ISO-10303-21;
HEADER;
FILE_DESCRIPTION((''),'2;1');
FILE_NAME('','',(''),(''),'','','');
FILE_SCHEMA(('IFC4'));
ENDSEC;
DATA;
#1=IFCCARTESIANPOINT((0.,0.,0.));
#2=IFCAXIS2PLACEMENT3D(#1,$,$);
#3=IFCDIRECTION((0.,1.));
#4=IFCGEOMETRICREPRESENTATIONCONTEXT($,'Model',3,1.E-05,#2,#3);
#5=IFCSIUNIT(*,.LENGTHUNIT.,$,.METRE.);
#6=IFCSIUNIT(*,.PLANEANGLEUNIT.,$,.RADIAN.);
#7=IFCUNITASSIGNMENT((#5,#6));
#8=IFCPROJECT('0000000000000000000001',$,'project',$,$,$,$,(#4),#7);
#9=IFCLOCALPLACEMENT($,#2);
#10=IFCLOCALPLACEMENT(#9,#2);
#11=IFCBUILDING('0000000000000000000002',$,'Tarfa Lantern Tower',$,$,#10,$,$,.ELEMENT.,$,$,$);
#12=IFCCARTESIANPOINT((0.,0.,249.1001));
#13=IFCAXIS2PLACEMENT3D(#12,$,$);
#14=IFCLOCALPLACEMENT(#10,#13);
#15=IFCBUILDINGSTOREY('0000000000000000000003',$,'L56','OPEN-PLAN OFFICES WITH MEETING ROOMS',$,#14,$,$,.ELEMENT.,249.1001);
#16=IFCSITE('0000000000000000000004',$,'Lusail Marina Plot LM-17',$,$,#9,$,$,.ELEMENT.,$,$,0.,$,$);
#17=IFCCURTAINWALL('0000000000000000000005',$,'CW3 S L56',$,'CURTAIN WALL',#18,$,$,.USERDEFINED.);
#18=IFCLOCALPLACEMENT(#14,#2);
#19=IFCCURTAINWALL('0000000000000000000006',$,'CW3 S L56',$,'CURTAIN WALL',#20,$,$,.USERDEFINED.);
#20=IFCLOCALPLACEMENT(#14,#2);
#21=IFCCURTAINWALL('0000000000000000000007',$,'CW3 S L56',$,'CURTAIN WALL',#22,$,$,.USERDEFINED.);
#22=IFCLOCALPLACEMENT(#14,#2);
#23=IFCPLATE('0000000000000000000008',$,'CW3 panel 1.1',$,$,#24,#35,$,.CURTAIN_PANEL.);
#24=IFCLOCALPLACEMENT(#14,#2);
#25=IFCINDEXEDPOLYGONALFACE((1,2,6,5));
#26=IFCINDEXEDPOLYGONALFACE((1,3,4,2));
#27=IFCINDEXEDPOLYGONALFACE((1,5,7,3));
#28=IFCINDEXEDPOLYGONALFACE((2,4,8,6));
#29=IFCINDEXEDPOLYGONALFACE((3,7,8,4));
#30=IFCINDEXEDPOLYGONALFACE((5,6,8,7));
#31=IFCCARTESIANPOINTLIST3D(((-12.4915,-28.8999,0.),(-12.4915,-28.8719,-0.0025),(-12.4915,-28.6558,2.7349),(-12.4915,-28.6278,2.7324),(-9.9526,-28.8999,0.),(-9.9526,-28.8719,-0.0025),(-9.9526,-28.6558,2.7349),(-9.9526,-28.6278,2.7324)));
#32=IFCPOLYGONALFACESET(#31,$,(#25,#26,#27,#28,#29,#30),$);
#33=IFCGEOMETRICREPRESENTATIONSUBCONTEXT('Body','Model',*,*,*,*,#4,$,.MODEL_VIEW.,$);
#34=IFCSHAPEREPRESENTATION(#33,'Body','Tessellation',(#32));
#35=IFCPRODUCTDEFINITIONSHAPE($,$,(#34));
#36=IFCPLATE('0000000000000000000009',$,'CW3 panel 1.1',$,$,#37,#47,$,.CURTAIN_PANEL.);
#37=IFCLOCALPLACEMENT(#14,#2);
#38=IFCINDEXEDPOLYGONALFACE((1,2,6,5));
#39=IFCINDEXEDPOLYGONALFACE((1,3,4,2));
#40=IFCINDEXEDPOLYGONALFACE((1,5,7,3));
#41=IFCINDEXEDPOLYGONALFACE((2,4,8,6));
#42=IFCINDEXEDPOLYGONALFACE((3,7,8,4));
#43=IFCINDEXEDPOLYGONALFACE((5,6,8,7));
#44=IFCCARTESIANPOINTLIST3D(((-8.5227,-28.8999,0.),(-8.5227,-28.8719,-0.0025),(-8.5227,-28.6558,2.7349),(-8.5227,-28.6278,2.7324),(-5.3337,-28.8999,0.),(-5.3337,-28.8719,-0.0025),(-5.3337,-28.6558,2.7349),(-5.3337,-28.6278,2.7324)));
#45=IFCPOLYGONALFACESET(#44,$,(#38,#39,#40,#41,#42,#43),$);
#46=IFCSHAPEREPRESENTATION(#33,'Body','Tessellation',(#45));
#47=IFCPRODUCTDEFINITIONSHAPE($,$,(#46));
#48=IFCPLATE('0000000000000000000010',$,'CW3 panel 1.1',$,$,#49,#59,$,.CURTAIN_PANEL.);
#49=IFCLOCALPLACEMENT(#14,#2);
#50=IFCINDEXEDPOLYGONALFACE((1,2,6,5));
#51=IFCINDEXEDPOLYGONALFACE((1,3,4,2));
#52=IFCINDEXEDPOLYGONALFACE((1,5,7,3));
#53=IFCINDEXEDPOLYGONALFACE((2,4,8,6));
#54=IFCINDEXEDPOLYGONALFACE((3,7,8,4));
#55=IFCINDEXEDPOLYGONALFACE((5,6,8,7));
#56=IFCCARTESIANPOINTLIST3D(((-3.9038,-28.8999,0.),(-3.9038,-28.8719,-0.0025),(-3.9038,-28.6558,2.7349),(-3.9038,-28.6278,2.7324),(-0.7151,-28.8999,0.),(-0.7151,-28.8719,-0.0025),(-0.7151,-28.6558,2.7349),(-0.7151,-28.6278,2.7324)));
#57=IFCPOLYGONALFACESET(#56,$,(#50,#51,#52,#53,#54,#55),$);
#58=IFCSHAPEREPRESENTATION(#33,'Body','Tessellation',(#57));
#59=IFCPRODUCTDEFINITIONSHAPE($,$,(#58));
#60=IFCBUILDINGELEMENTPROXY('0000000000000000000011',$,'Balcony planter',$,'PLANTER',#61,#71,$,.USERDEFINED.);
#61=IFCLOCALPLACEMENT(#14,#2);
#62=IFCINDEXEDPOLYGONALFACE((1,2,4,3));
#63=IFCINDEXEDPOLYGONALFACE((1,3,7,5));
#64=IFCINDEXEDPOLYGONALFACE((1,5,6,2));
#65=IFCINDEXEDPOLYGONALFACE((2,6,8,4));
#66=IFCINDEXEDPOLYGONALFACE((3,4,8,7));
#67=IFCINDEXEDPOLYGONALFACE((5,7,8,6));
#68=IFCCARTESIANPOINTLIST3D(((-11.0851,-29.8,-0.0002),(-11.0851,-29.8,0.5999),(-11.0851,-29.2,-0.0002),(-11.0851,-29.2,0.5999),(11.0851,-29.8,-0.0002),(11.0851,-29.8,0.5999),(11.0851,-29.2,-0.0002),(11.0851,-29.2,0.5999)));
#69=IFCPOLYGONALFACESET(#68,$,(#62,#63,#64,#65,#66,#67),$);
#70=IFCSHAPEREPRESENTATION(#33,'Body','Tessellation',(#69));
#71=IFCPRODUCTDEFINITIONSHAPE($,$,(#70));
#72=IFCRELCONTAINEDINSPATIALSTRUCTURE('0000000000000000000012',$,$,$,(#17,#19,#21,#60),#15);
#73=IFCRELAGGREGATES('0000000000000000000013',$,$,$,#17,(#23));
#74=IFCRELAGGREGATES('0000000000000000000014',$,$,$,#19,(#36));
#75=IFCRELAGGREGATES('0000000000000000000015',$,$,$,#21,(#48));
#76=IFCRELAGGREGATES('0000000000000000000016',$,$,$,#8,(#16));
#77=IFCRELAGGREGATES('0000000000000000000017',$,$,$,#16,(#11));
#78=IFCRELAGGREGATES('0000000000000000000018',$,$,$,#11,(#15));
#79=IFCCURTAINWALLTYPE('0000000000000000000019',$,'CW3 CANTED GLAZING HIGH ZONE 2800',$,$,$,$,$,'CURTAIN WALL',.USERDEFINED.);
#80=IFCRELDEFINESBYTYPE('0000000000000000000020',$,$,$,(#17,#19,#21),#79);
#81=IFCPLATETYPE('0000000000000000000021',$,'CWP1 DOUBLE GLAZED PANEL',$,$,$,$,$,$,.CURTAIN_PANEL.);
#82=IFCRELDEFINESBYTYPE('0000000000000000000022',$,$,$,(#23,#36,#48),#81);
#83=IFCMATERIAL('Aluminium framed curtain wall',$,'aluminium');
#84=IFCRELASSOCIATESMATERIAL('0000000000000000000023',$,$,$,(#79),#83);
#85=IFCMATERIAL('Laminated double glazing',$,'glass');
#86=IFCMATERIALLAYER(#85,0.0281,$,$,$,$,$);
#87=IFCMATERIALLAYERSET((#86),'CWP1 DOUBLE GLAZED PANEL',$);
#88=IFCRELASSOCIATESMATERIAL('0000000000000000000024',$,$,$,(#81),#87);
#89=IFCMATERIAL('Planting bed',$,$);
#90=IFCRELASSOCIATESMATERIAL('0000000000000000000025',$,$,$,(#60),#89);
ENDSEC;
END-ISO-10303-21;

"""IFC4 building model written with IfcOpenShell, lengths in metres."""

from ifc_helpers import new_model, si_unit, direction, frame, origin, origin_2d, place, context, subcontext, project, spatial, polyline, rectangle, outline, extrude, material, layer, layer_set, type_object, element, aggregate, save


model = new_model("IFC4")

# Units and contexts
model_context = context("Model", 3, precision=1e-05, world=origin(), true_north=direction((0.0, 1.0)))
body_context = subcontext(model_context, "Body", "Model", "MODEL_VIEW")
ifc_project = project(units=[si_unit("LENGTHUNIT", "METRE"), si_unit("PLANEANGLEUNIT", "RADIAN")], contexts=[model_context])

# Site, building, storey
site_placement = place(None, origin())
site = spatial("IfcSite", under=ifc_project, at=site_placement, Name="Lusail Marina Plot LM-17", CompositionType="ELEMENT", RefElevation=0.0)
building_placement = place(site_placement, origin())
building = spatial("IfcBuilding", under=site, at=building_placement, Name="Tarfa Lantern Tower", CompositionType="ELEMENT")
storey_placement = place(building_placement, frame((0.0, 0.0, 249.1001)))
storey = spatial("IfcBuildingStorey", under=building, at=storey_placement, Name="L56", Description="OPEN-PLAN OFFICES WITH MEETING ROOMS", CompositionType="ELEMENT", Elevation=249.1001)

# Curtain walls
ifc_material_1 = material(Name="Aluminium framed curtain wall", Category="aluminium")
curtain_wall_type = type_object("IfcCurtainWallType", Name="CW3 CANTED GLAZING HIGH ZONE 2800", ElementType="CURTAIN WALL", PredefinedType="USERDEFINED", material=ifc_material_1)
curtain_wall_1_placement = place(storey_placement, origin())
curtain_wall_1 = element("IfcCurtainWall", 1, at=curtain_wall_1_placement, inside=storey, type_object=curtain_wall_type, Name="CW3 S L56", ObjectType="CURTAIN WALL", PredefinedType="USERDEFINED")
curtain_wall_2_placement = place(storey_placement, origin())
curtain_wall_2 = element("IfcCurtainWall", 2, at=curtain_wall_2_placement, inside=storey, type_object=curtain_wall_type, Name="CW3 S L56", ObjectType="CURTAIN WALL", PredefinedType="USERDEFINED")
curtain_wall_3_placement = place(storey_placement, origin())
curtain_wall_3 = element("IfcCurtainWall", 3, at=curtain_wall_3_placement, inside=storey, type_object=curtain_wall_type, Name="CW3 S L56", ObjectType="CURTAIN WALL", PredefinedType="USERDEFINED")

# Plates
ifc_material_2 = material(Name="Laminated double glazing", Category="glass")
ifc_layer = layer(ifc_material_2, 0.0281)
ifc_layer_set = layer_set([ifc_layer], Name="CWP1 DOUBLE GLAZED PANEL")
plate_type = type_object("IfcPlateType", Name="CWP1 DOUBLE GLAZED PANEL", PredefinedType="CURTAIN_PANEL", material=ifc_layer_set)
plate_1_placement = place(storey_placement, frame((-12.4915, -28.8999, 0.0), z_axis=(0.0, -0.996039, 0.088916), x_axis=(1.0, 0.0, 0.0)))
plate_1 = element("IfcPlate", 4, at=plate_1_placement, type_object=plate_type, Name="CW3 panel 1.1", PredefinedType="CURTAIN_PANEL", context=body_context, shape_type="SweptSolid", body=[
    extrude(outline(polyline([(0.0, 0.0), (2.5388, 0.0), (2.5388, 2.7457), (0.0, 2.7457), (0.0, 0.0)])), origin(), (0.0, 0.0, -1.0), 0.0281),
])
aggregate(curtain_wall_1, [plate_1])
plate_2_placement = place(storey_placement, frame((-8.5227, -28.8999, 0.0), z_axis=(0.0, -0.996039, 0.088916), x_axis=(1.0, 0.0, 0.0)))
plate_2 = element("IfcPlate", 5, at=plate_2_placement, type_object=plate_type, Name="CW3 panel 1.1", PredefinedType="CURTAIN_PANEL", context=body_context, shape_type="SweptSolid", body=[
    extrude(outline(polyline([(0.0, 0.0), (3.189, 0.0), (3.189, 2.7457), (0.0, 2.7457), (0.0, 0.0)])), origin(), (0.0, 0.0, -1.0), 0.0281),
])
aggregate(curtain_wall_2, [plate_2])
plate_3_placement = place(storey_placement, frame((-3.9038, -28.8999, 0.0), z_axis=(0.0, -0.996039, 0.088916), x_axis=(1.0, 0.0, 0.0)))
plate_3 = element("IfcPlate", 6, at=plate_3_placement, type_object=plate_type, Name="CW3 panel 1.1", PredefinedType="CURTAIN_PANEL", context=body_context, shape_type="SweptSolid", body=[
    extrude(outline(polyline([(0.0, 0.0), (3.1887, 0.0), (3.1887, 2.7457), (0.0, 2.7457), (0.0, 0.0)])), origin(), (0.0, 0.0, -1.0), 0.0281),
])
aggregate(curtain_wall_3, [plate_3])

# Building element proxy
ifc_material_3 = material(Name="Planting bed")
proxy_placement = place(storey_placement, frame((0.0, -29.5, -0.0002), z_axis=(0.0, 0.0, 1.0), x_axis=(1.0, 0.0, 0.0)))
element("IfcBuildingElementProxy", 7, at=proxy_placement, inside=storey, material=ifc_material_3, Name="Balcony planter", ObjectType="PLANTER", PredefinedType="USERDEFINED", context=body_context, shape_type="SweptSolid", body=[
    extrude(rectangle(XDim=22.1702, YDim=0.6001, at=origin_2d()), origin(), (0.0, 0.0, 1.0), 0.6001),
])

save(model, "model.ifc")
